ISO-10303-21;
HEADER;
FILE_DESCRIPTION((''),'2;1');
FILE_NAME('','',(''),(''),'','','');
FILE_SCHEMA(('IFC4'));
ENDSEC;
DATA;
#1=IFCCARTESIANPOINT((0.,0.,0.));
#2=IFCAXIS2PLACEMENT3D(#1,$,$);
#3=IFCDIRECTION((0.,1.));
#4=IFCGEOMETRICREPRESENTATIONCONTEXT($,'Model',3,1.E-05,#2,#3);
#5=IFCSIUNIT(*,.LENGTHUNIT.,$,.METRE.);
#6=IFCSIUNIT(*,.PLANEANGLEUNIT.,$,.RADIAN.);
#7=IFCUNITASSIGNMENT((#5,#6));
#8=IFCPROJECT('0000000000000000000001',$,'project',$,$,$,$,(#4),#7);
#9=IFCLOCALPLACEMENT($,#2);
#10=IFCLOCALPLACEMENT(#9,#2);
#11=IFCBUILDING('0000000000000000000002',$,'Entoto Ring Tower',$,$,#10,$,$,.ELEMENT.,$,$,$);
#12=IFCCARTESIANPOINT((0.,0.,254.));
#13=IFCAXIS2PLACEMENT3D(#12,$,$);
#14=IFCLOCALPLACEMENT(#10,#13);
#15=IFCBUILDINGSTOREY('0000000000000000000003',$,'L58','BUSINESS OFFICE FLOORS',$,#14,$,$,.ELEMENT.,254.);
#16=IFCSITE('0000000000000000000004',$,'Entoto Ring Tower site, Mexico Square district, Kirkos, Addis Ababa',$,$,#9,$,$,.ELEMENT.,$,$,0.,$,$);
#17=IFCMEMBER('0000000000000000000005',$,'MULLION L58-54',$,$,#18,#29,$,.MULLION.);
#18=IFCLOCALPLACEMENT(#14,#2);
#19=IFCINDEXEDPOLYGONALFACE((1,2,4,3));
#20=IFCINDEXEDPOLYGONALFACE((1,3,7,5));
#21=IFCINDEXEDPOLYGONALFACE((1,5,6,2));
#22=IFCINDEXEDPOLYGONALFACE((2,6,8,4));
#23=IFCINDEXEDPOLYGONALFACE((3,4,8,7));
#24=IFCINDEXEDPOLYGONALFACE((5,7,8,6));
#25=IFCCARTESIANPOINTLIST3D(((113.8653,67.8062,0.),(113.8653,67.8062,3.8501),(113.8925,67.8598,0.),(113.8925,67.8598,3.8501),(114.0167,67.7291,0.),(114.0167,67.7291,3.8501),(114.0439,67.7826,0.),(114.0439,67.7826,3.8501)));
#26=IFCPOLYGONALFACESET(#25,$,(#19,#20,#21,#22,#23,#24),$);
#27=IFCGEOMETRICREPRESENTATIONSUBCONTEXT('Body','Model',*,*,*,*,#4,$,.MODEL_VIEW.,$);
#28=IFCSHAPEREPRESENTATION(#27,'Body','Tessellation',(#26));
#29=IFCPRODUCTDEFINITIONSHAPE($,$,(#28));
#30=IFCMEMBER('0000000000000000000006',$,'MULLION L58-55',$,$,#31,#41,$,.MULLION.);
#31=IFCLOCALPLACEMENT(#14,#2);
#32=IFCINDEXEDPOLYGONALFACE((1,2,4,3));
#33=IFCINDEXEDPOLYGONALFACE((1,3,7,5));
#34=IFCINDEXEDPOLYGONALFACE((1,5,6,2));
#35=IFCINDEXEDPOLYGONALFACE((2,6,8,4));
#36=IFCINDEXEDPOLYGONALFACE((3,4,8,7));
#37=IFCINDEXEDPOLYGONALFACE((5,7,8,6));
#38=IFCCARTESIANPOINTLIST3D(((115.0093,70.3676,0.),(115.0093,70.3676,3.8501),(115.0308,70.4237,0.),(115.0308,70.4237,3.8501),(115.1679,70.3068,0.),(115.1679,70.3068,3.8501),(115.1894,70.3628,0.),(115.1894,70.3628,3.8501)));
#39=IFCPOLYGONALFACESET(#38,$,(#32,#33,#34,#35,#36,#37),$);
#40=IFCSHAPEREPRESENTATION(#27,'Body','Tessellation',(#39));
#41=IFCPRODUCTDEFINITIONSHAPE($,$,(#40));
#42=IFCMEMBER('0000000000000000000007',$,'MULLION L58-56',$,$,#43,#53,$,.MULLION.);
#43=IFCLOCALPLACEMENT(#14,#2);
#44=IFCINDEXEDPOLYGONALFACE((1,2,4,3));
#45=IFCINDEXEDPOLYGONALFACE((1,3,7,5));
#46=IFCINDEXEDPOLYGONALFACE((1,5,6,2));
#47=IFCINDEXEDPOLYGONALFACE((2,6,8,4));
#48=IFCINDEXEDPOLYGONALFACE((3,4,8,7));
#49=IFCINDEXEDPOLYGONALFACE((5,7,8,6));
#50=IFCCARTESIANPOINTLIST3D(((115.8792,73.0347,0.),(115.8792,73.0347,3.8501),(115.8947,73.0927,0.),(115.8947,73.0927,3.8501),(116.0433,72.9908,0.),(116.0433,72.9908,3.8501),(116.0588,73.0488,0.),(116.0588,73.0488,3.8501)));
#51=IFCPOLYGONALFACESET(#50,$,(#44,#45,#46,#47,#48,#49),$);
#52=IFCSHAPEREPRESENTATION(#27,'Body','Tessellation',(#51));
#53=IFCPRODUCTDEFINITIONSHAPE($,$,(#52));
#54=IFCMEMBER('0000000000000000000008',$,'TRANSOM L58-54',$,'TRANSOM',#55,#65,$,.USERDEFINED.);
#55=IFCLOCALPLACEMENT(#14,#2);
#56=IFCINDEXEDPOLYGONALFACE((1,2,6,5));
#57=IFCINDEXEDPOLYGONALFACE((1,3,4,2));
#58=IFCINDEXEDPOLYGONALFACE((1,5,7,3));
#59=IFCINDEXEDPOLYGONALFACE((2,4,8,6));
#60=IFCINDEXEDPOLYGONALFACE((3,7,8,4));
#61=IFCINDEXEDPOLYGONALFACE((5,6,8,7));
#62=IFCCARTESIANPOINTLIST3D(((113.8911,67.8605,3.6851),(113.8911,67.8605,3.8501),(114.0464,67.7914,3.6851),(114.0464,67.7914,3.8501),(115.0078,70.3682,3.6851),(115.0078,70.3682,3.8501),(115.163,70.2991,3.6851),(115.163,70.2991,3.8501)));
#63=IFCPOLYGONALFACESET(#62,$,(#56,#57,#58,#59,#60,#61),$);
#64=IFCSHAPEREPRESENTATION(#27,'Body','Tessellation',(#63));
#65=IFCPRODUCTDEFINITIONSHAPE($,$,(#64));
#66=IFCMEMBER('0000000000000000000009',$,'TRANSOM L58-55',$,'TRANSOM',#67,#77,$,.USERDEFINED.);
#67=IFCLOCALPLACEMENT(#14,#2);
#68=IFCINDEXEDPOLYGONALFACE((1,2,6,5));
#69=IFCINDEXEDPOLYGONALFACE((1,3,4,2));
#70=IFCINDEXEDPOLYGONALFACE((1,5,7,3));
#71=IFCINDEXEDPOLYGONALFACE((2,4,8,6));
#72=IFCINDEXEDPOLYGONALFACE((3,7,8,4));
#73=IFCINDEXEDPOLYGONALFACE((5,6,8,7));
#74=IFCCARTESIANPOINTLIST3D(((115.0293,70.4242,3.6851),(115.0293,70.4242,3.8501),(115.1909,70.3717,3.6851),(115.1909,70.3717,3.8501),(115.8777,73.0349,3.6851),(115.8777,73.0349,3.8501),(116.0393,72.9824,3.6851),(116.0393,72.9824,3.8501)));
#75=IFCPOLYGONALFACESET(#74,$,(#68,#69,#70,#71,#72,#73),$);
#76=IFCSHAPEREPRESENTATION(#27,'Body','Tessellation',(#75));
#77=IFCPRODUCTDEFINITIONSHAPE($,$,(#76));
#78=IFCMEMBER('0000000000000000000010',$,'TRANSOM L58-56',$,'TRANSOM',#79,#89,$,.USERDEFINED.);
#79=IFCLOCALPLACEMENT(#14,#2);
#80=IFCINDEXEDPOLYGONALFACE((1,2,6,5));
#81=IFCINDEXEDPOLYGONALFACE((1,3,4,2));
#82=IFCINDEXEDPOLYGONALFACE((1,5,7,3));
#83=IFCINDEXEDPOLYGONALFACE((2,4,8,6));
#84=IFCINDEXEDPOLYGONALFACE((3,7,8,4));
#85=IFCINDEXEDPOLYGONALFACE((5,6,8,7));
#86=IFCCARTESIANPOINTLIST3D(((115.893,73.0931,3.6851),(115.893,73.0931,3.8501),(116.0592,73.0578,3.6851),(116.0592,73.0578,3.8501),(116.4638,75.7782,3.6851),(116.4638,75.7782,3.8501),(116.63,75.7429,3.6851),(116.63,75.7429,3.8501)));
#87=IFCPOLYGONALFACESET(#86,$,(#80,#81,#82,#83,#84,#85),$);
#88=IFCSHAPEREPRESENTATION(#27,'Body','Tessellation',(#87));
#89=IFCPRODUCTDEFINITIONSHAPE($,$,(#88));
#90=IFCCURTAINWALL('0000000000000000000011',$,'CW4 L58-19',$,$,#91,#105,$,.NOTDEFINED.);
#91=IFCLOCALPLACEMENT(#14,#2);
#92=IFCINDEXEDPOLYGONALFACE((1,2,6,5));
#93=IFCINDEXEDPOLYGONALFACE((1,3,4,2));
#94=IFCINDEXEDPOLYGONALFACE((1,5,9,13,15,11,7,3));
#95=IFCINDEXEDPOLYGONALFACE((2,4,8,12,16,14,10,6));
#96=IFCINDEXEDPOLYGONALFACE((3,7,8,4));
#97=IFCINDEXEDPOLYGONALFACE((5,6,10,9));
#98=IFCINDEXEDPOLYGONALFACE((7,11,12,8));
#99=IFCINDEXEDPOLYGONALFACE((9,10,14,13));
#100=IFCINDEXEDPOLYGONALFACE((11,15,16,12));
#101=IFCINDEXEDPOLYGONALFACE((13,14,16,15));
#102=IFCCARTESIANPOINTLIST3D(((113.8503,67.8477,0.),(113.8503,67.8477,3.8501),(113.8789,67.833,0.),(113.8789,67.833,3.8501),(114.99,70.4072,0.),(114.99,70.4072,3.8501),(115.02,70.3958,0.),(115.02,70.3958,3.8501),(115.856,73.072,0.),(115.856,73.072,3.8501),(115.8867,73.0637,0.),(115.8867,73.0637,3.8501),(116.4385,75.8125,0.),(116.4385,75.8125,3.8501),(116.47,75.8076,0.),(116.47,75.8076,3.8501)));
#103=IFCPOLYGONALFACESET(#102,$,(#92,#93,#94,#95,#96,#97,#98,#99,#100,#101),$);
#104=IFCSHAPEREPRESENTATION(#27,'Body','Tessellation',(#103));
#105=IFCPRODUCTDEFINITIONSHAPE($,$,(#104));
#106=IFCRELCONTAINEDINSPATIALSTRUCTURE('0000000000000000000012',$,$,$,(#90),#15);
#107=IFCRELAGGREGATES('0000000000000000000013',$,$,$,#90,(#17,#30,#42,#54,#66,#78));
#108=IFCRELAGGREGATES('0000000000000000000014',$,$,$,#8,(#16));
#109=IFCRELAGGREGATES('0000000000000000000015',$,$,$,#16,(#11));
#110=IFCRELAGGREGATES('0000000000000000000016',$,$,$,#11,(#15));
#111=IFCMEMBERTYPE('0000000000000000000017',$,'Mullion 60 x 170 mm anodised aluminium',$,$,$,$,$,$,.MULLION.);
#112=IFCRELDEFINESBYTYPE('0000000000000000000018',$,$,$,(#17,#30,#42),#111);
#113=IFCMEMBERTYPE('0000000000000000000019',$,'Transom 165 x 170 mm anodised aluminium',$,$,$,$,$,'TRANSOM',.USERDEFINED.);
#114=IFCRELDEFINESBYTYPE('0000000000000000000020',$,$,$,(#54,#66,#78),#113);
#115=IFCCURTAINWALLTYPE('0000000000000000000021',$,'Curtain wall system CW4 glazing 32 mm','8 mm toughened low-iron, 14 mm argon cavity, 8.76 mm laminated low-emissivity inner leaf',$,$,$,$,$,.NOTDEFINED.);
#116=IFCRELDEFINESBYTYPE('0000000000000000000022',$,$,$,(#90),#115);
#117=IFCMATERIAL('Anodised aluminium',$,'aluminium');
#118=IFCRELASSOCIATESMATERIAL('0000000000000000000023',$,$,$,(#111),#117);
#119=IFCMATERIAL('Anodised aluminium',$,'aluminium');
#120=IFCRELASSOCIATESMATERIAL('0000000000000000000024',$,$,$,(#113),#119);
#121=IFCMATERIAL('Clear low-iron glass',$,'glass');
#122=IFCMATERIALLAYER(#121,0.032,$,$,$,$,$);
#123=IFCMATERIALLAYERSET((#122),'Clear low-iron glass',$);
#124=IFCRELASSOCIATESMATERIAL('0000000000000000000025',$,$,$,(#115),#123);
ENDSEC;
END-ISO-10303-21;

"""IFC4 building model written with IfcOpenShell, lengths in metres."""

from ifc_helpers import new_model, si_unit, direction, frame, origin, origin_2d, place, context, subcontext, project, spatial, polyline, rectangle, outline, extrude, material, layer, layer_set, material_profile, profile_set, type_object, element, aggregate, save


model = new_model("IFC4")

# Units and contexts
model_context = context("Model", 3, precision=1e-05, world=origin(), true_north=direction((0.0, 1.0)))
body_context = subcontext(model_context, "Body", "Model", "MODEL_VIEW")
ifc_project = project(units=[si_unit("LENGTHUNIT", "METRE"), si_unit("PLANEANGLEUNIT", "RADIAN")], contexts=[model_context])

# Members
ifc_material_1 = material(Name="Anodised aluminium", Category="aluminium")
ifc_material_profile_1 = material_profile(ifc_material_1, rectangle(XDim=0.0601, YDim=0.1699, at=origin_2d()), Name="Mullion 60 x 170 mm anodised aluminium")
ifc_profile_set_1 = profile_set([ifc_material_profile_1], Name="Anodised aluminium")
member_type_1 = type_object("IfcMemberType", Name="Mullion 60 x 170 mm anodised aluminium", PredefinedType="MULLION", material=ifc_profile_set_1)
site_placement = place(None, origin())
building_placement = place(site_placement, origin())
storey_placement = place(building_placement, frame((0.0, 0.0, 254.0)))
member_1_placement = place(storey_placement, frame((113.9546, 67.7944, 0.0), z_axis=(0.0, 0.0, 1.0), x_axis=(0.45399, 0.891007, 0.0)))
member_1 = element("IfcMember", 1, at=member_1_placement, type_object=member_type_1, Name="MULLION L58-54", PredefinedType="MULLION", context=body_context, shape_type="SweptSolid", body=[
    extrude(rectangle(XDim=0.0601, YDim=0.1699, at=origin_2d()), origin(), (0.0, 0.0, 1.0), 3.8501),
])
member_2_placement = place(storey_placement, frame((115.0994, 70.3652, 0.0), z_axis=(0.0, 0.0, 1.0), x_axis=(0.358368, 0.93358, 0.0)))
member_2 = element("IfcMember", 2, at=member_2_placement, type_object=member_type_1, Name="MULLION L58-55", PredefinedType="MULLION", context=body_context, shape_type="SweptSolid", body=[
    extrude(rectangle(XDim=0.0601, YDim=0.1699, at=origin_2d()), origin(), (0.0, 0.0, 1.0), 3.8501),
])
member_3_placement = place(storey_placement, frame((115.969, 73.0417, 0.0), z_axis=(0.0, 0.0, 1.0), x_axis=(0.258819, 0.965926, 0.0)))
member_3 = element("IfcMember", 3, at=member_3_placement, type_object=member_type_1, Name="MULLION L58-56", PredefinedType="MULLION", context=body_context, shape_type="SweptSolid", body=[
    extrude(rectangle(XDim=0.0601, YDim=0.1699, at=origin_2d()), origin(), (0.0, 0.0, 1.0), 3.8501),
])
ifc_material_2 = material(Name="Anodised aluminium", Category="aluminium")
ifc_material_profile_2 = material_profile(ifc_material_2, rectangle(XDim=0.1699, YDim=0.165, at=origin_2d()), Name="Transom 165 x 170 mm anodised aluminium")
ifc_profile_set_2 = profile_set([ifc_material_profile_2], Name="Anodised aluminium")
member_type_2 = type_object("IfcMemberType", Name="Transom 165 x 170 mm anodised aluminium", ElementType="TRANSOM", PredefinedType="USERDEFINED", material=ifc_profile_set_2)
member_4_placement = place(storey_placement, frame((113.9688, 67.8259, 3.7676), z_axis=(0.406782, 0.913525, 0.0), x_axis=(-0.913525, 0.406782, 0.0)))
member_4 = element("IfcMember", 4, at=member_4_placement, type_object=member_type_2, Name="TRANSOM L58-54", ObjectType="TRANSOM", PredefinedType="USERDEFINED", context=body_context, shape_type="SweptSolid", body=[
    extrude(rectangle(XDim=0.1699, YDim=0.165, at=origin_2d()), origin(), (0.0, 0.0, 1.0), 2.7451),
])
member_5_placement = place(storey_placement, frame((115.1101, 70.3979, 3.7676), z_axis=(0.309042, 0.951048, 0.0), x_axis=(-0.951048, 0.309042, 0.0)))
member_5 = element("IfcMember", 5, at=member_5_placement, type_object=member_type_2, Name="TRANSOM L58-55", ObjectType="TRANSOM", PredefinedType="USERDEFINED", context=body_context, shape_type="SweptSolid", body=[
    extrude(rectangle(XDim=0.1699, YDim=0.165, at=origin_2d()), origin(), (0.0, 0.0, 1.0), 2.7451),
])
member_6_placement = place(storey_placement, frame((115.9761, 73.0754, 3.7676), z_axis=(0.207937, 0.978142, 0.0), x_axis=(-0.978142, 0.207937, 0.0)))
member_6 = element("IfcMember", 6, at=member_6_placement, type_object=member_type_2, Name="TRANSOM L58-56", ObjectType="TRANSOM", PredefinedType="USERDEFINED", context=body_context, shape_type="SweptSolid", body=[
    extrude(rectangle(XDim=0.1699, YDim=0.165, at=origin_2d()), origin(), (0.0, 0.0, 1.0), 2.7451),
])

# Site, building, storey
site = spatial("IfcSite", under=ifc_project, at=site_placement, Name="Entoto Ring Tower site, Mexico Square district, Kirkos, Addis Ababa", CompositionType="ELEMENT", RefElevation=0.0)
building = spatial("IfcBuilding", under=site, at=building_placement, Name="Entoto Ring Tower", CompositionType="ELEMENT")
storey = spatial("IfcBuildingStorey", under=building, at=storey_placement, Name="L58", Description="BUSINESS OFFICE FLOORS", CompositionType="ELEMENT", Elevation=254.0)

# Curtain wall
ifc_material_3 = material(Name="Clear low-iron glass", Category="glass")
ifc_layer_1 = layer(ifc_material_3, 0.032)
ifc_layer_set_1 = layer_set([ifc_layer_1], Name="Clear low-iron glass")
curtain_wall_type = type_object("IfcCurtainWallType", Name="Curtain wall system CW4 glazing 32 mm", Description="8 mm toughened low-iron, 14 mm argon cavity, 8.76 mm laminated low-emissivity inner leaf", PredefinedType="NOTDEFINED", material=ifc_layer_set_1)
curtain_wall_1_placement = place(storey_placement, origin())
curtain_wall_1 = element("IfcCurtainWall", 7, at=curtain_wall_1_placement, inside=storey, type_object=curtain_wall_type, Name="CW4 L58-19", PredefinedType="NOTDEFINED", context=body_context, shape_type="SweptSolid", body=[
    extrude(outline(polyline([(113.8789, 67.833), (115.02, 70.3958), (115.8867, 73.0637), (116.47, 75.8076), (116.4385, 75.8125), (115.856, 73.072), (114.99, 70.4072), (113.8503, 67.8477), (113.8789, 67.833)])), origin(), (0.0, 0.0, 1.0), 3.8501),
])
aggregate(curtain_wall_1, [member_1, member_2, member_3, member_4, member_5, member_6])

save(model, "model.ifc")
